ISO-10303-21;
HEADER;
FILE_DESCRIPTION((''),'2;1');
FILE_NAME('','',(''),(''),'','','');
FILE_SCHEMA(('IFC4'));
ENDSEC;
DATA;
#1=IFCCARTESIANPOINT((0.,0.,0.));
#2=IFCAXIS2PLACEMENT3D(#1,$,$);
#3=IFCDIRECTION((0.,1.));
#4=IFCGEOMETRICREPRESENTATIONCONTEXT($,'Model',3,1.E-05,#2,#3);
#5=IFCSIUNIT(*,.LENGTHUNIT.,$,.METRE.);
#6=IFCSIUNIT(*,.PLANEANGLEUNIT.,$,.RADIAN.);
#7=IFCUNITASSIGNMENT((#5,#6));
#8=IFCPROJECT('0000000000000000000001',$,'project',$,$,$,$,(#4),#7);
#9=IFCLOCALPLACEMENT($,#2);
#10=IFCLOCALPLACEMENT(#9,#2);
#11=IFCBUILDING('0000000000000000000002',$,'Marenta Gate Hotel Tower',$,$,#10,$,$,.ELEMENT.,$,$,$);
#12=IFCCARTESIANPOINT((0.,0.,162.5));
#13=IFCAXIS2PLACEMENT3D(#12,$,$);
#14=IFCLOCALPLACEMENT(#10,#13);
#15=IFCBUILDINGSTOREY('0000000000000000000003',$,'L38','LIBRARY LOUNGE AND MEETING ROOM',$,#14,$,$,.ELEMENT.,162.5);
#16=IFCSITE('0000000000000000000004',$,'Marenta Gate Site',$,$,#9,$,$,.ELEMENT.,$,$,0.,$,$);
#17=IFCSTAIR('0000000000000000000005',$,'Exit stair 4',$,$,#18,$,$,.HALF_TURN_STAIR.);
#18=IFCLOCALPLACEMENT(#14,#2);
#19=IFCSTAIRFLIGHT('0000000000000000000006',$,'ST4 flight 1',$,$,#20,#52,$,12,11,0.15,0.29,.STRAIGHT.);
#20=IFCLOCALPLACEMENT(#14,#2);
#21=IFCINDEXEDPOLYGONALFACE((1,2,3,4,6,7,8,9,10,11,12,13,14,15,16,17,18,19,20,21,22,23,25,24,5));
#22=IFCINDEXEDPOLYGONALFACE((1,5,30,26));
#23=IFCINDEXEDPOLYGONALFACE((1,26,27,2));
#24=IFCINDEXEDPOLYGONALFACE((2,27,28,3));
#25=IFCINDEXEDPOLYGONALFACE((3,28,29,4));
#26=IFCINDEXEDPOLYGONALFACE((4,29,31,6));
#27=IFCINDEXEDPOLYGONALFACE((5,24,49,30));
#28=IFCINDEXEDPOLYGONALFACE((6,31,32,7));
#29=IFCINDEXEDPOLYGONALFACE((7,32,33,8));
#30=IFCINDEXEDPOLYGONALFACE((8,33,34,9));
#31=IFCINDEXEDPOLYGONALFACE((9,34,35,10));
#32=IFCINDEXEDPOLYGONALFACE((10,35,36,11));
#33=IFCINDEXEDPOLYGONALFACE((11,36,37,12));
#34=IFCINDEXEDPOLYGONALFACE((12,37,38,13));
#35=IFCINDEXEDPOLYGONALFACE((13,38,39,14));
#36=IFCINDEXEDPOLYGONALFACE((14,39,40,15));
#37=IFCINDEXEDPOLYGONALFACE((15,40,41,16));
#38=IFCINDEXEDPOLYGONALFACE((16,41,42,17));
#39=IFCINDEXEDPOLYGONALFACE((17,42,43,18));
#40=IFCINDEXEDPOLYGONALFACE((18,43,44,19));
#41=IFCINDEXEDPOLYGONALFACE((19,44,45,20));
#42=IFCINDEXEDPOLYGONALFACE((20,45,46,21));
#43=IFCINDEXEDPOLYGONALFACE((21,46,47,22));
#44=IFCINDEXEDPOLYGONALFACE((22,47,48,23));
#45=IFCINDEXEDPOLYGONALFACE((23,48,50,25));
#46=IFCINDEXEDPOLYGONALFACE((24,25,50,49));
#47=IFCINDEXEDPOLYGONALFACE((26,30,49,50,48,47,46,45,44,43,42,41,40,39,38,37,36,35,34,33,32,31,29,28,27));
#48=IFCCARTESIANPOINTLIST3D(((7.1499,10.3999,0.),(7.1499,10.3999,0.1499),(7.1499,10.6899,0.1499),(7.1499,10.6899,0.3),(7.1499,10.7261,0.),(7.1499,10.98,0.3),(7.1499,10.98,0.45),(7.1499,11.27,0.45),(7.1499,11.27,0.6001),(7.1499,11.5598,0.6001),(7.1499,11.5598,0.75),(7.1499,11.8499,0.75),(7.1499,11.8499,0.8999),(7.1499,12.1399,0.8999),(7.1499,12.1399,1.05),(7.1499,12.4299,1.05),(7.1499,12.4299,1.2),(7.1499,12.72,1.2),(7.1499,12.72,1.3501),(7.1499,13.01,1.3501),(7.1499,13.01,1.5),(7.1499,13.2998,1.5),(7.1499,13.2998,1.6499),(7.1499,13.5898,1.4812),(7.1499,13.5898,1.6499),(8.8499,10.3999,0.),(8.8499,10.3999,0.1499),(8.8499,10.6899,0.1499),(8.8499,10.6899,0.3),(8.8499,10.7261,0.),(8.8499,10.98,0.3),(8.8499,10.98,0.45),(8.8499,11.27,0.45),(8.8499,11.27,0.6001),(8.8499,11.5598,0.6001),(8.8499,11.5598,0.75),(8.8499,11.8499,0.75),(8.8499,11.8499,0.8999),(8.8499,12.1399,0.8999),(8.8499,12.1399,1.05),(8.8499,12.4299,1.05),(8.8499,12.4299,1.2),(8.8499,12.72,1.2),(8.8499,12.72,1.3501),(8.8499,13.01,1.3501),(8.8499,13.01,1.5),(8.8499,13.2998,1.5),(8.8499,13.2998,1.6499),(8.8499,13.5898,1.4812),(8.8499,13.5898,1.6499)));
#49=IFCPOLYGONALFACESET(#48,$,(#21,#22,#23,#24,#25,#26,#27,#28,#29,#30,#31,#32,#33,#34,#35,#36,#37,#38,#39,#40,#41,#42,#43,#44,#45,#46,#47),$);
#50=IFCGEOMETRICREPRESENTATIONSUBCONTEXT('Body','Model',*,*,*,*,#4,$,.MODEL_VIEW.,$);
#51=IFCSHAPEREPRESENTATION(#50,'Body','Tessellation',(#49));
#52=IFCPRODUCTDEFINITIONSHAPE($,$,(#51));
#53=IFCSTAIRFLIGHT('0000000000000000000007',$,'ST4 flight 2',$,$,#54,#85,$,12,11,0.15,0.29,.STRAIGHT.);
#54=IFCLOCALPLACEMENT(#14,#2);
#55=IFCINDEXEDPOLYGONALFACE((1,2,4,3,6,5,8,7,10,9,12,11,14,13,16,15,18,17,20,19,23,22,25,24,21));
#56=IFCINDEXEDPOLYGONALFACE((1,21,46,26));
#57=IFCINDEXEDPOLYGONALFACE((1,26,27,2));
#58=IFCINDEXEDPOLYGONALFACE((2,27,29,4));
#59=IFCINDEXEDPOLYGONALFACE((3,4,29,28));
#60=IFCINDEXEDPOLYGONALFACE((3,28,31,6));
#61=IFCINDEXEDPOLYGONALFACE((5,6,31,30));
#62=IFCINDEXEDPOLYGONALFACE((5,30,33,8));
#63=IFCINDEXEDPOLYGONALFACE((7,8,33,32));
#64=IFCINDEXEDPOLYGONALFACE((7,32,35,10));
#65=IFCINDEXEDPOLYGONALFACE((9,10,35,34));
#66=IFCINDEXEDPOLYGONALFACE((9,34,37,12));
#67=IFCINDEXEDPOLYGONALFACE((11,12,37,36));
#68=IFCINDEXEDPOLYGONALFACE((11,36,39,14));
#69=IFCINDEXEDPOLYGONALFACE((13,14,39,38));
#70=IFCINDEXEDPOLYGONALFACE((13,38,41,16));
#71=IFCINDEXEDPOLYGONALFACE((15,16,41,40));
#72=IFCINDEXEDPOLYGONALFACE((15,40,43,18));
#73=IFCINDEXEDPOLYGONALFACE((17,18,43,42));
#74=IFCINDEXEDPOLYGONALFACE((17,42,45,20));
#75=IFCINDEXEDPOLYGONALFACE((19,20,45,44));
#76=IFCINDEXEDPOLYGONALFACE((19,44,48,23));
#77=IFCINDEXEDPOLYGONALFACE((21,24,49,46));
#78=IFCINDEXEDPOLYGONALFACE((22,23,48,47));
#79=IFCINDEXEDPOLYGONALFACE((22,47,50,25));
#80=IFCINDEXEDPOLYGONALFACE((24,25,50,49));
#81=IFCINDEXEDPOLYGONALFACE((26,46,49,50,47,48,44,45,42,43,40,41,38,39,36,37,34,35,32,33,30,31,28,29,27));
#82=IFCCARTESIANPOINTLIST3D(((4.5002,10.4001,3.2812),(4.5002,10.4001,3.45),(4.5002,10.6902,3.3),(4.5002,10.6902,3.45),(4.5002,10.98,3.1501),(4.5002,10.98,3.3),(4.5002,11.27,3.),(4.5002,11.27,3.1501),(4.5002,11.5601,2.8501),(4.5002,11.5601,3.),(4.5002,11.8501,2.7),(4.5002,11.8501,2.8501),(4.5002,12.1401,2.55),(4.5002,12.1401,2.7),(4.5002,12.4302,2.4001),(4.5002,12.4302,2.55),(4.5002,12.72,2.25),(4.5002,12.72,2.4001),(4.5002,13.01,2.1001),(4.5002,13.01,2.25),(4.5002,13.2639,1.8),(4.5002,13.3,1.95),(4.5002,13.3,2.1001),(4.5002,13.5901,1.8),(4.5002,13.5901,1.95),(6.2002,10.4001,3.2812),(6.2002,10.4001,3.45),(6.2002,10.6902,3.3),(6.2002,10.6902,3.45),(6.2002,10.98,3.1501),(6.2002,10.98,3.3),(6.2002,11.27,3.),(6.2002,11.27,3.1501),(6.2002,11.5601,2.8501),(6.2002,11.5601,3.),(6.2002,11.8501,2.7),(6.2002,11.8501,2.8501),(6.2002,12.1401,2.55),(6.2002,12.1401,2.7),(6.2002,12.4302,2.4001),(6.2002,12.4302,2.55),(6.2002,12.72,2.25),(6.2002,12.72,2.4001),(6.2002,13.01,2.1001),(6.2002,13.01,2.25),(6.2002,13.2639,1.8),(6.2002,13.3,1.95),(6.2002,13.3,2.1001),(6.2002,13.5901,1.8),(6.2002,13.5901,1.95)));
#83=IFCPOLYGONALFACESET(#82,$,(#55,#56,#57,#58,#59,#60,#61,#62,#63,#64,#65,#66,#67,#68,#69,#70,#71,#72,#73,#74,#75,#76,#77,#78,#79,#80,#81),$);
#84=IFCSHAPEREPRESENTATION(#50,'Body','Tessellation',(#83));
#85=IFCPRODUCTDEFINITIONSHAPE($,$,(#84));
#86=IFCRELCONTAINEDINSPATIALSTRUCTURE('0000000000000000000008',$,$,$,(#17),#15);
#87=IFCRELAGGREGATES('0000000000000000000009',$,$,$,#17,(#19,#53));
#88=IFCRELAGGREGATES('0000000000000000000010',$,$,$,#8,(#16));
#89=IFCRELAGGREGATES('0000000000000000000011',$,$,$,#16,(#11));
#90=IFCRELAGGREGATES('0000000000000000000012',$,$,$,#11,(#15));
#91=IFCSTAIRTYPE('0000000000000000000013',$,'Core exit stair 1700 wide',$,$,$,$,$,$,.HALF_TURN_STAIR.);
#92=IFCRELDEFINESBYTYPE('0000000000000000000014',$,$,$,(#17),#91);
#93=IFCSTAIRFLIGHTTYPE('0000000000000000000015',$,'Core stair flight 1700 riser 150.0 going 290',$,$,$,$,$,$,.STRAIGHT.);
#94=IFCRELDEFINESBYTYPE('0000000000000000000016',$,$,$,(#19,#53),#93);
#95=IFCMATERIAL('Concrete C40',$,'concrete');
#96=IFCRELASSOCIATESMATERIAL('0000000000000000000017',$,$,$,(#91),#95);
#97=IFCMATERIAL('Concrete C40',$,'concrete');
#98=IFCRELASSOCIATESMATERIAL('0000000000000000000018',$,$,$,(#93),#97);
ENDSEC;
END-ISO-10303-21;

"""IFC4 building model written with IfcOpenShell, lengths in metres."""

from ifc_helpers import new_model, si_unit, direction, frame, origin, place, context, subcontext, project, spatial, polyline, outline, extrude, material, type_object, element, aggregate, save


model = new_model("IFC4")

# Units and contexts
model_context = context("Model", 3, precision=1e-05, world=origin(), true_north=direction((0.0, 1.0)))
body_context = subcontext(model_context, "Body", "Model", "MODEL_VIEW")
ifc_project = project(units=[si_unit("LENGTHUNIT", "METRE"), si_unit("PLANEANGLEUNIT", "RADIAN")], contexts=[model_context])

# Site, building, storey
site_placement = place(None, origin())
site = spatial("IfcSite", under=ifc_project, at=site_placement, Name="Marenta Gate Site", CompositionType="ELEMENT", RefElevation=0.0)
building_placement = place(site_placement, origin())
building = spatial("IfcBuilding", under=site, at=building_placement, Name="Marenta Gate Hotel Tower", CompositionType="ELEMENT")
storey_placement = place(building_placement, frame((0.0, 0.0, 162.5)))
storey = spatial("IfcBuildingStorey", under=building, at=storey_placement, Name="L38", Description="LIBRARY LOUNGE AND MEETING ROOM", CompositionType="ELEMENT", Elevation=162.5)

# Stair, stair flights
ifc_material_1 = material(Name="Concrete C40", Category="concrete")
stair_type = type_object("IfcStairType", Name="Core exit stair 1700 wide", PredefinedType="HALF_TURN_STAIR", material=ifc_material_1)
ifc_material_2 = material(Name="Concrete C40", Category="concrete")
stair_flight_type = type_object("IfcStairFlightType", Name="Core stair flight 1700 riser 150.0 going 290", PredefinedType="STRAIGHT", material=ifc_material_2)
stair_1_placement = place(storey_placement, origin())
stair_1 = element("IfcStair", 1, at=stair_1_placement, inside=storey, type_object=stair_type, Name="Exit stair 4", PredefinedType="HALF_TURN_STAIR")
stair_flight_1_placement = place(storey_placement, frame((8.0, 10.3999, 0.0), z_axis=(0.0, 0.0, 1.0), x_axis=(0.0, 1.0, 0.0)))
stair_flight_1 = element("IfcStairFlight", 2, at=stair_flight_1_placement, type_object=stair_flight_type, Name="ST4 flight 1", NumberOfRisers=12, NumberOfTreads=11, PredefinedType="STRAIGHT", RiserHeight=0.15, TreadLength=0.29, context=body_context, shape_type="SweptSolid", body=[
    extrude(outline(polyline([(0.0, 0.0), (0.0, 0.1499), (0.29, 0.1499), (0.29, 0.3), (0.5801, 0.3), (0.5801, 0.45), (0.8701, 0.45), (0.8701, 0.6001), (1.1599, 0.6001), (1.1599, 0.75), (1.45, 0.75), (1.45, 0.8999), (1.74, 0.8999), (1.74, 1.05), (2.03, 1.05), (2.03, 1.2), (2.3201, 1.2), (2.3201, 1.3501), (2.6101, 1.3501), (2.6101, 1.5), (2.8999, 1.5), (2.8999, 1.6499), (3.1899, 1.6499), (3.1899, 1.8), (3.1899, 1.4812), (0.3262, 0.0), (0.0, 0.0)])), frame((0.0, 0.8501, 0.0), z_axis=(0.0, -1.0, 0.0), x_axis=(1.0, 0.0, 0.0)), (0.0, 0.0, 1.0), 1.7),
])
stair_flight_2_placement = place(storey_placement, frame((5.3501, 13.5901, 1.8), z_axis=(0.0, 0.0, 1.0), x_axis=(0.0, -1.0, 0.0)))
stair_flight_2 = element("IfcStairFlight", 3, at=stair_flight_2_placement, type_object=stair_flight_type, Name="ST4 flight 2", NumberOfRisers=12, NumberOfTreads=11, PredefinedType="STRAIGHT", RiserHeight=0.15, TreadLength=0.29, context=body_context, shape_type="SweptSolid", body=[
    extrude(outline(polyline([(0.0, 0.0), (0.0, 0.1499), (0.29, 0.1499), (0.29, 0.3), (0.5801, 0.3), (0.5801, 0.45), (0.8701, 0.45), (0.8701, 0.6001), (1.1599, 0.6001), (1.1599, 0.75), (1.45, 0.75), (1.45, 0.8999), (1.74, 0.8999), (1.74, 1.05), (2.03, 1.05), (2.03, 1.2), (2.3201, 1.2), (2.3201, 1.3501), (2.6101, 1.3501), (2.6101, 1.5), (2.8999, 1.5), (2.8999, 1.6499), (3.1899, 1.6499), (3.1899, 1.8), (3.1899, 1.4812), (0.3262, 0.0), (0.0, 0.0)])), frame((0.0, 0.8501, 0.0), z_axis=(0.0, -1.0, 0.0), x_axis=(1.0, 0.0, 0.0)), (0.0, 0.0, 1.0), 1.7),
])
aggregate(stair_1, [stair_flight_1, stair_flight_2])

save(model, "model.ifc")
